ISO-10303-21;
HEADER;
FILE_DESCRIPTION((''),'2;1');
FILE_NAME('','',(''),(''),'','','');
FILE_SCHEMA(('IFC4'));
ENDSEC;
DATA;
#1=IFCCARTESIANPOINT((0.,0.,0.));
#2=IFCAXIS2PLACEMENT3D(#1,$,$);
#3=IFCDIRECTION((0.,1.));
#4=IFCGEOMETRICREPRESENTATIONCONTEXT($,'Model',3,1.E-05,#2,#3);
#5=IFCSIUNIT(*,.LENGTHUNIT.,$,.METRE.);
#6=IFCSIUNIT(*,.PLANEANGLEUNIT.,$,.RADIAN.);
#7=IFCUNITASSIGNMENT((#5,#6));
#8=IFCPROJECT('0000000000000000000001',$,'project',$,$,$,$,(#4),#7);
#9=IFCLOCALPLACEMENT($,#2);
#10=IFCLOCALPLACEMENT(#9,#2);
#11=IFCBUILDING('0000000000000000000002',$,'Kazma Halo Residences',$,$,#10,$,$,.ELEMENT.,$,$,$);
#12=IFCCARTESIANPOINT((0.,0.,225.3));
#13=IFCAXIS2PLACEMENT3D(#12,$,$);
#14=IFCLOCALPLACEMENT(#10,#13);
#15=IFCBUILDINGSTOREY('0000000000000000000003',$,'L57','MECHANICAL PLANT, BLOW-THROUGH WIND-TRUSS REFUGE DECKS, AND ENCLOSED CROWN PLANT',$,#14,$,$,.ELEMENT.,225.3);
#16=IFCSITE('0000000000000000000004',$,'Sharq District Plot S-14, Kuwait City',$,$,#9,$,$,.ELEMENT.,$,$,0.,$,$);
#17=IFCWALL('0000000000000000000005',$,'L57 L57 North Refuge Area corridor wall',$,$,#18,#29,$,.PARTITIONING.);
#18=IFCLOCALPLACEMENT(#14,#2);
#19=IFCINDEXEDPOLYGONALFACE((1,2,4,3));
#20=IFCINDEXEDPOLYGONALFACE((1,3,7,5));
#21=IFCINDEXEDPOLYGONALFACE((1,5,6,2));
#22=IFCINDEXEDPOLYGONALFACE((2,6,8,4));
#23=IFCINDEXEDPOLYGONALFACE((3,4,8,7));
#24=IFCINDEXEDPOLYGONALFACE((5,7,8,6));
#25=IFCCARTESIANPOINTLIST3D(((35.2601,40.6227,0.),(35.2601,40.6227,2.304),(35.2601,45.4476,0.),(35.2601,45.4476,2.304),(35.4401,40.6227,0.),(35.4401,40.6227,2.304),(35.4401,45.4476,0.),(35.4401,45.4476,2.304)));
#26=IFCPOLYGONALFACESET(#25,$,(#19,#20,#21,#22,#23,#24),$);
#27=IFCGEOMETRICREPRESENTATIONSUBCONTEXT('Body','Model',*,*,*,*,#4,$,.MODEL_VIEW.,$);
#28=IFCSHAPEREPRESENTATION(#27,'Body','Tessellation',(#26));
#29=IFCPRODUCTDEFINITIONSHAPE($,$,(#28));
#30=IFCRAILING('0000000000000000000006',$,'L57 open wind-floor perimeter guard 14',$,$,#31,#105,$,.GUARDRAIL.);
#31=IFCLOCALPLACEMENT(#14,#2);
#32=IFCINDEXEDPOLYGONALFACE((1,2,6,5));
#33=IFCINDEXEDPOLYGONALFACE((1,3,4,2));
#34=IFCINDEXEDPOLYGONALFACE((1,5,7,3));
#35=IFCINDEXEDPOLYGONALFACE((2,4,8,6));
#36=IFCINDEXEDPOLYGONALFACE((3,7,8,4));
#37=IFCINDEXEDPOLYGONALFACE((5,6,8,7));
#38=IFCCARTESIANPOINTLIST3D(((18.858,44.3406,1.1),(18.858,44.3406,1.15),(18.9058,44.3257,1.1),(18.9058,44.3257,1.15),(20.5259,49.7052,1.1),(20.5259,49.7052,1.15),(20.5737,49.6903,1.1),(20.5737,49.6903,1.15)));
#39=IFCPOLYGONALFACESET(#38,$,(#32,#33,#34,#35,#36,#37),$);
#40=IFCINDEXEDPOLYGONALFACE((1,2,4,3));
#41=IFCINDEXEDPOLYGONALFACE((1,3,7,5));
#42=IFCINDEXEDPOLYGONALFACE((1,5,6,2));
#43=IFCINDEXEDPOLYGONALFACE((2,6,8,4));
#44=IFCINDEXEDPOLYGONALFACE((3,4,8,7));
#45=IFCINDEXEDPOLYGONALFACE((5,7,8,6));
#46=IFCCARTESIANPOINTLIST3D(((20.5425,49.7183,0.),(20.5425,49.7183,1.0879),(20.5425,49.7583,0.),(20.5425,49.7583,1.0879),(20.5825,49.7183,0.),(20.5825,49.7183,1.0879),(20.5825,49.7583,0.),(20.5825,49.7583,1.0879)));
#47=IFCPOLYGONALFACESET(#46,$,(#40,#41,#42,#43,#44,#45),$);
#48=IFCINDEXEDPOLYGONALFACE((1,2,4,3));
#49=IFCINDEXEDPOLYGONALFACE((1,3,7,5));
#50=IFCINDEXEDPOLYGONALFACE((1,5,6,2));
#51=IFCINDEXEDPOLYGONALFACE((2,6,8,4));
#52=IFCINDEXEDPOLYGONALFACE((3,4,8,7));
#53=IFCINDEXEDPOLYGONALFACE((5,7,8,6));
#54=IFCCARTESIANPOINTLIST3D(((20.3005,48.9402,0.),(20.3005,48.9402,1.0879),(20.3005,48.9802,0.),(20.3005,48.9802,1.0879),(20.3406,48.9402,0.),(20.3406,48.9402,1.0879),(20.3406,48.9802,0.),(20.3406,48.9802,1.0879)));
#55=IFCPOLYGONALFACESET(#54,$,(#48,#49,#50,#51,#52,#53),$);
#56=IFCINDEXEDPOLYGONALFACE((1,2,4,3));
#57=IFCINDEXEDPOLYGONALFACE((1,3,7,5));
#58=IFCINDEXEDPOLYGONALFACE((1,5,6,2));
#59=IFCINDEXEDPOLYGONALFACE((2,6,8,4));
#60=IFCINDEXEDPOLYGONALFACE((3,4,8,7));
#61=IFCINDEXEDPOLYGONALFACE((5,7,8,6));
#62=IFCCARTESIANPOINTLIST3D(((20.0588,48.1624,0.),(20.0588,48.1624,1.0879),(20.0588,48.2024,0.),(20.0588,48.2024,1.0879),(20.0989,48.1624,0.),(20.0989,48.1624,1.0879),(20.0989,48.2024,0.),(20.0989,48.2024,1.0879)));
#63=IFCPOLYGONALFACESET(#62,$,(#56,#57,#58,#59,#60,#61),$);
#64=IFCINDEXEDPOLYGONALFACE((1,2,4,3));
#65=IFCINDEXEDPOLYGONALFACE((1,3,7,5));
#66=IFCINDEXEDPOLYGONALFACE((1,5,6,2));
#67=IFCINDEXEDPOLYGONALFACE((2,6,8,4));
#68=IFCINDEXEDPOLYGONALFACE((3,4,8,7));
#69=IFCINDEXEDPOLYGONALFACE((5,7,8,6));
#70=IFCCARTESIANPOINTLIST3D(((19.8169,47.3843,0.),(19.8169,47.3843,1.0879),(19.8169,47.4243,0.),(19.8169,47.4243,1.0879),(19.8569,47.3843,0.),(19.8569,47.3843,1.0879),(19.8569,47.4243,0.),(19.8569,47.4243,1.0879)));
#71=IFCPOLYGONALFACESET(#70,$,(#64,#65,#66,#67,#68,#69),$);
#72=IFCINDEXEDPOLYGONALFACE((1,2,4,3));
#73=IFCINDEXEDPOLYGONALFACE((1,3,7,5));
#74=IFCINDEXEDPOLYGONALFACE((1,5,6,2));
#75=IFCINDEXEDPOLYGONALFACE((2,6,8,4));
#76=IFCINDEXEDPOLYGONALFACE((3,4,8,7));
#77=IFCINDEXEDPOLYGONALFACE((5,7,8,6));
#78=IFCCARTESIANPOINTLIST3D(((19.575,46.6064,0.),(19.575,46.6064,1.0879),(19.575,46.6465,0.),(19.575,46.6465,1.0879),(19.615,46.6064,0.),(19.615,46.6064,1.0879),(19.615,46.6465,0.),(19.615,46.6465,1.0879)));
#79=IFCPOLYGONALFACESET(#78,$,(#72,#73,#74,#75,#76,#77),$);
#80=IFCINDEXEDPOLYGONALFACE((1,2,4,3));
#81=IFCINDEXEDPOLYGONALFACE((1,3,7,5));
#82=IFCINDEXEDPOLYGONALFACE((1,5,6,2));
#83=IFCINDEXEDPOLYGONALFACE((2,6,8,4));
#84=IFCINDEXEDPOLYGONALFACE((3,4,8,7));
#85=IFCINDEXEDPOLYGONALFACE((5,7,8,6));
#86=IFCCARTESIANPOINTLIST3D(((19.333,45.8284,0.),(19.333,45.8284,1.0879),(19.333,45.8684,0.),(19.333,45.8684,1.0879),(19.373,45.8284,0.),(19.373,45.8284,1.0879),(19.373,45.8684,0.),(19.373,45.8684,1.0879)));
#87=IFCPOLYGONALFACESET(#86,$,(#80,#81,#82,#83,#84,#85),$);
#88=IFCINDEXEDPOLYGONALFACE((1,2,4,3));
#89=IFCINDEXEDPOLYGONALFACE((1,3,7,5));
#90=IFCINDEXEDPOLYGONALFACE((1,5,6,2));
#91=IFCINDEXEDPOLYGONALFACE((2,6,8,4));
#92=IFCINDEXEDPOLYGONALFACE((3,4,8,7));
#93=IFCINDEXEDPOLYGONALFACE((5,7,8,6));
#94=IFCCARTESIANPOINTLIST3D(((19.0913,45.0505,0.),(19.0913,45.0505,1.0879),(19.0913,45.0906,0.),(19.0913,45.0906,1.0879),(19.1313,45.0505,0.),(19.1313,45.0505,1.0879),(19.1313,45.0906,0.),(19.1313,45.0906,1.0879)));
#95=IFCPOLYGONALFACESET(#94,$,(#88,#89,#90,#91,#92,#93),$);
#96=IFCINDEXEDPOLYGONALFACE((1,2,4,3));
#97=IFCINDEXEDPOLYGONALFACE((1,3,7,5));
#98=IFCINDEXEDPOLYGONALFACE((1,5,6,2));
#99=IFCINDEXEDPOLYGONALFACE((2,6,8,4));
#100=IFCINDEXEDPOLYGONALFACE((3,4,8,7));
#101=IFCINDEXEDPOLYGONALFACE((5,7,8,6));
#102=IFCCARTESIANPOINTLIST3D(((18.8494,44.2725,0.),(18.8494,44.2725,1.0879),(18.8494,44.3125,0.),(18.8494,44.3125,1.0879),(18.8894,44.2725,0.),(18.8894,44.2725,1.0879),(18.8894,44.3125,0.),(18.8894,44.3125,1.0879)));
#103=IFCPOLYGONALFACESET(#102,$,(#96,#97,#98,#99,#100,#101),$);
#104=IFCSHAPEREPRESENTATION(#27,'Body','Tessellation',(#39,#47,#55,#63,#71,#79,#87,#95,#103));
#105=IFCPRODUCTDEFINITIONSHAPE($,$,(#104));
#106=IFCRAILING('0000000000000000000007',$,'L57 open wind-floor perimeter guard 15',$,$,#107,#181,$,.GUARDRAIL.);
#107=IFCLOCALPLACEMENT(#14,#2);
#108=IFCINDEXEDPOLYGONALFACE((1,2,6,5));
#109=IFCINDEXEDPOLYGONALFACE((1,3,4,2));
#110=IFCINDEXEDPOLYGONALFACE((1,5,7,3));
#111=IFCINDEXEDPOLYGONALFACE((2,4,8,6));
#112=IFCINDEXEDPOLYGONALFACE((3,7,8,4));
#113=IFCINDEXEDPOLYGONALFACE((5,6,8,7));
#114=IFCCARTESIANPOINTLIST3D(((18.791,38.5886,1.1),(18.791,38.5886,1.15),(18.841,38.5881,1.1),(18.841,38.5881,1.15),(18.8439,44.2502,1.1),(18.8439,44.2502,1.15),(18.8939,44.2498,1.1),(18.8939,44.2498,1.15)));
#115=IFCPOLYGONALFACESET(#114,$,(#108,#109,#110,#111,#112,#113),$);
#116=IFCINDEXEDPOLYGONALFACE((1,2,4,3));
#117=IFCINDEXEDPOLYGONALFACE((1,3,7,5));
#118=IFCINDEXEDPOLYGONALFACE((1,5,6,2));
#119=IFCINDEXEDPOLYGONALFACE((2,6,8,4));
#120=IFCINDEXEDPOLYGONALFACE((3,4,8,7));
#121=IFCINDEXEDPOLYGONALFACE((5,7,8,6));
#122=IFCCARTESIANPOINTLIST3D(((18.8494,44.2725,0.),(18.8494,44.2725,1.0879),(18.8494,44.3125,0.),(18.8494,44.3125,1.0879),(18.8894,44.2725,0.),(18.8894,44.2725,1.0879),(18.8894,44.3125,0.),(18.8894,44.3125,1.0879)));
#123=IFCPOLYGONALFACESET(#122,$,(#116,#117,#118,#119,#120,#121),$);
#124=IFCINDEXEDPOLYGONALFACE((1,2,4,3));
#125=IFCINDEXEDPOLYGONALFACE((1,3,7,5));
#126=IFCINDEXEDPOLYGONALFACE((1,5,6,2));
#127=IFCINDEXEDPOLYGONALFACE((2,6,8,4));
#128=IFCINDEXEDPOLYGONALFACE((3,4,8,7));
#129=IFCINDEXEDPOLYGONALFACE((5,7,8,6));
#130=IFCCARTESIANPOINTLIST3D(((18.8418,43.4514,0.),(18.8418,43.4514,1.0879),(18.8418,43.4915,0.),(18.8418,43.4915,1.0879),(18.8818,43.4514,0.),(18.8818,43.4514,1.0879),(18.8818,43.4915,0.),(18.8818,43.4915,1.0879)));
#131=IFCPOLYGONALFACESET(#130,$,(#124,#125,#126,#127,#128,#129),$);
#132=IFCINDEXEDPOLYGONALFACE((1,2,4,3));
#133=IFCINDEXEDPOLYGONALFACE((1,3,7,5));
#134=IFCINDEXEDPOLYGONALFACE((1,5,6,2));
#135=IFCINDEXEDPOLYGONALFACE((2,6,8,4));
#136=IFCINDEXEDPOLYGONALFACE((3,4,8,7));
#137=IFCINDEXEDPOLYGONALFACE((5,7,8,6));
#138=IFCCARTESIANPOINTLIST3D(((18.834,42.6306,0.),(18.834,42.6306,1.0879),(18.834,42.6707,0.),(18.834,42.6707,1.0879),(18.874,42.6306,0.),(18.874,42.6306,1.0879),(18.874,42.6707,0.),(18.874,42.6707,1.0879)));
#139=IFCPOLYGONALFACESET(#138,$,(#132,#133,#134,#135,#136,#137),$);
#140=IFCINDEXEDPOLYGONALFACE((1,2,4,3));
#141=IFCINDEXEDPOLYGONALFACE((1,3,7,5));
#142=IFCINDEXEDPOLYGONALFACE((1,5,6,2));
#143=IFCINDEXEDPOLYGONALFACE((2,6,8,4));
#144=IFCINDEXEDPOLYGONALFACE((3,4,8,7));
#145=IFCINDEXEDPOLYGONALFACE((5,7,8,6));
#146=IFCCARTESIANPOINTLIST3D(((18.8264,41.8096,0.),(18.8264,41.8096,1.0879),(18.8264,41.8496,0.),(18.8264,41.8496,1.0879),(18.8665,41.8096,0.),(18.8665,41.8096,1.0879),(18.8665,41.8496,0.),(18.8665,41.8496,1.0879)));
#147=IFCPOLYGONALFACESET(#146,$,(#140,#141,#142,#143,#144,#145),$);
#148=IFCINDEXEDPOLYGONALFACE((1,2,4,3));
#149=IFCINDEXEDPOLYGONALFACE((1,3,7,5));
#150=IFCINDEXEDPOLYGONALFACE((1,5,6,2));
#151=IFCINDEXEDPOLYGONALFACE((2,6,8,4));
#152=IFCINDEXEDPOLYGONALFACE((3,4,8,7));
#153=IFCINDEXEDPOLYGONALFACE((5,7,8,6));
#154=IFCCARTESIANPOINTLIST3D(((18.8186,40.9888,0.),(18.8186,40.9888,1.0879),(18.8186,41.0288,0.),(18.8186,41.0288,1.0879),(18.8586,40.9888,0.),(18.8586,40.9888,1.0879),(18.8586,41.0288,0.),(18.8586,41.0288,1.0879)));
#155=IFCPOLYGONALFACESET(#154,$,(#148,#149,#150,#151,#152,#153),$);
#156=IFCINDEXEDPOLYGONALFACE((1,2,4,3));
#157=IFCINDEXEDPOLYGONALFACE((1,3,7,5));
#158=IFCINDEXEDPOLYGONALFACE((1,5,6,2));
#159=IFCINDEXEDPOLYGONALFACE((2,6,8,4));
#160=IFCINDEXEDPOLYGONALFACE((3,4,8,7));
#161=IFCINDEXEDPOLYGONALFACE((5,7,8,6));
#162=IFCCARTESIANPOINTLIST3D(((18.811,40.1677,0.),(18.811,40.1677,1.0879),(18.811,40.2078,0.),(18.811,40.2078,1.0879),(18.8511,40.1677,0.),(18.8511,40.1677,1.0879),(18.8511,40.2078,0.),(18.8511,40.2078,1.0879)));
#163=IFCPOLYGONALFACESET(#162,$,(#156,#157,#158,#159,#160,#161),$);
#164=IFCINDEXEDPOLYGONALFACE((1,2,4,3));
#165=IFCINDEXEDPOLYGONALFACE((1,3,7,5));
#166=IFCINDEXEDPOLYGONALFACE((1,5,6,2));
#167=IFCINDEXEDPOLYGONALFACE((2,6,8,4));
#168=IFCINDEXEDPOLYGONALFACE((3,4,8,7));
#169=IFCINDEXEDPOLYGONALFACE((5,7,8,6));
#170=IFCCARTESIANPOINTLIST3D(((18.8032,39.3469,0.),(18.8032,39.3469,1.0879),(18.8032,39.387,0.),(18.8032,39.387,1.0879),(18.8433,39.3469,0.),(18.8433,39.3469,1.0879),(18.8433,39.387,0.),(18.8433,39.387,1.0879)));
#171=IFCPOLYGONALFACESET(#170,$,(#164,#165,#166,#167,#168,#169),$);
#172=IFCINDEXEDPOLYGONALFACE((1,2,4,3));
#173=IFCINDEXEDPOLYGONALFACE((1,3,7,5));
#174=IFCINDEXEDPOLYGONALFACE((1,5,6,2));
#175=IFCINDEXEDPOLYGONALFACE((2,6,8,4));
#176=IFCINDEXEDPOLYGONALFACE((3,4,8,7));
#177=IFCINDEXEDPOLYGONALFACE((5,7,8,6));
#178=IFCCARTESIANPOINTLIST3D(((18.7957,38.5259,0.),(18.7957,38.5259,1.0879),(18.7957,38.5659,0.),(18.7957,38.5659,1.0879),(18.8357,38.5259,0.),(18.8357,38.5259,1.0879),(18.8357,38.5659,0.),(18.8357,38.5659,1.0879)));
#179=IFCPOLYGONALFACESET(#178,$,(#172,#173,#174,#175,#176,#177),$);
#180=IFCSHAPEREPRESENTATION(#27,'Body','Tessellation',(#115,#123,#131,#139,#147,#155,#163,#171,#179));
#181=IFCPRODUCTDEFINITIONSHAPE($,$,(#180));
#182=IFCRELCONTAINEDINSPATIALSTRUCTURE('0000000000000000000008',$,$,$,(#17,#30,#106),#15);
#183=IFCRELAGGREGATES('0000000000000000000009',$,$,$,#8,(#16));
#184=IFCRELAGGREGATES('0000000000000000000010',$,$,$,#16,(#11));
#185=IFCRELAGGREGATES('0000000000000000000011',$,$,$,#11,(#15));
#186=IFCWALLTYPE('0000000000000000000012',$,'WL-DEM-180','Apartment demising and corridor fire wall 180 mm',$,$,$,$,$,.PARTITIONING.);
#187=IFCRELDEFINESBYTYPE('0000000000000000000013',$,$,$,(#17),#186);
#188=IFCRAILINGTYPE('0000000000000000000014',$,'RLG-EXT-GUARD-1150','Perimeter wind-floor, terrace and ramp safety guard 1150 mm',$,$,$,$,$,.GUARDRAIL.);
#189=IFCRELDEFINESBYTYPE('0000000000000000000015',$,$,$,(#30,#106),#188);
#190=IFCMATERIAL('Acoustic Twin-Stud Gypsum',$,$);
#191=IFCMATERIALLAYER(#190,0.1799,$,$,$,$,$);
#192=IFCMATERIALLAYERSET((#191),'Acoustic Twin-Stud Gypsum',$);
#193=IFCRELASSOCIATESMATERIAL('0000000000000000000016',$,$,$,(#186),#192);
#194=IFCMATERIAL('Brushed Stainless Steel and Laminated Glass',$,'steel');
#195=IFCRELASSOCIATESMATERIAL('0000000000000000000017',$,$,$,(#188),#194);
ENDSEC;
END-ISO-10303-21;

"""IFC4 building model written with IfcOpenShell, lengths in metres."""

from ifc_helpers import new_model, si_unit, direction, frame, frame_2d, origin, origin_2d, place, context, subcontext, project, spatial, rectangle, extrude, material, layer, layer_set, type_object, element, save


model = new_model("IFC4")

# Units and contexts
model_context = context("Model", 3, precision=1e-05, world=origin(), true_north=direction((0.0, 1.0)))
body_context = subcontext(model_context, "Body", "Model", "MODEL_VIEW")
ifc_project = project(units=[si_unit("LENGTHUNIT", "METRE"), si_unit("PLANEANGLEUNIT", "RADIAN")], contexts=[model_context])

# Site, building, storey
site_placement = place(None, origin())
site = spatial("IfcSite", under=ifc_project, at=site_placement, Name="Sharq District Plot S-14, Kuwait City", CompositionType="ELEMENT", RefElevation=0.0)
building_placement = place(site_placement, origin())
building = spatial("IfcBuilding", under=site, at=building_placement, Name="Kazma Halo Residences", CompositionType="ELEMENT")
storey_placement = place(building_placement, frame((0.0, 0.0, 225.3)))
storey = spatial("IfcBuildingStorey", under=building, at=storey_placement, Name="L57", Description="MECHANICAL PLANT, BLOW-THROUGH WIND-TRUSS REFUGE DECKS, AND ENCLOSED CROWN PLANT", CompositionType="ELEMENT", Elevation=225.3)

# Wall
ifc_material_1 = material(Name="Acoustic Twin-Stud Gypsum")
ifc_layer_1 = layer(ifc_material_1, 0.1799)
ifc_layer_set_1 = layer_set([ifc_layer_1], Name="Acoustic Twin-Stud Gypsum")
wall_type_1 = type_object("IfcWallType", Name="WL-DEM-180", Description="Apartment demising and corridor fire wall 180 mm", PredefinedType="PARTITIONING", material=ifc_layer_set_1)
wall_1_placement = place(storey_placement, frame((35.3501, 45.4478, 0.0), z_axis=(0.0, 0.0, 1.0), x_axis=(0.0, -1.0, 0.0)))
element("IfcWall", 1, at=wall_1_placement, inside=storey, type_object=wall_type_1, Name="L57 L57 North Refuge Area corridor wall", PredefinedType="PARTITIONING", context=body_context, shape_type="SweptSolid", body=[
    extrude(rectangle(XDim=4.825, YDim=0.1799, at=frame_2d((2.4126, 0.0))), origin(), (0.0, 0.0, 1.0), 2.304),
])

# Railings
ifc_material_2 = material(Name="Brushed Stainless Steel and Laminated Glass", Category="steel")
railing_type = type_object("IfcRailingType", Name="RLG-EXT-GUARD-1150", Description="Perimeter wind-floor, terrace and ramp safety guard 1150 mm", PredefinedType="GUARDRAIL", material=ifc_material_2)
railing_1_placement = place(storey_placement, frame((20.5625, 49.7383, 0.0)))
element("IfcRailing", 2, at=railing_1_placement, inside=storey, type_object=railing_type, Name="L57 open wind-floor perimeter guard 14", PredefinedType="GUARDRAIL", context=body_context, shape_type="SweptSolid", body=[
    extrude(rectangle(XDim=0.05, YDim=0.05, at=origin_2d()), frame((-0.0127, -0.0405, 1.125), z_axis=(-0.296885, -0.954913, 0.0), x_axis=(0.954913, -0.296885, 0.0)), (0.0, 0.0, 1.0), 5.6179),
    extrude(rectangle(XDim=0.04, YDim=0.04, at=origin_2d()), origin(), (0.0, 0.0, 1.0), 1.0879),
    extrude(rectangle(XDim=0.04, YDim=0.04, at=origin_2d()), frame((-0.2419, -0.7781, 0.0)), (0.0, 0.0, 1.0), 1.0879),
    extrude(rectangle(XDim=0.04, YDim=0.04, at=origin_2d()), frame((-0.4836, -1.5559, 0.0)), (0.0, 0.0, 1.0), 1.0879),
    extrude(rectangle(XDim=0.04, YDim=0.04, at=origin_2d()), frame((-0.7256, -2.334, 0.0)), (0.0, 0.0, 1.0), 1.0879),
    extrude(rectangle(XDim=0.04, YDim=0.04, at=origin_2d()), frame((-0.9675, -3.1118, 0.0)), (0.0, 0.0, 1.0), 1.0879),
    extrude(rectangle(XDim=0.04, YDim=0.04, at=origin_2d()), frame((-1.2095, -3.8899, 0.0)), (0.0, 0.0, 1.0), 1.0879),
    extrude(rectangle(XDim=0.04, YDim=0.04, at=origin_2d()), frame((-1.4512, -4.6677, 0.0)), (0.0, 0.0, 1.0), 1.0879),
    extrude(rectangle(XDim=0.04, YDim=0.04, at=origin_2d()), frame((-1.6931, -5.4458, 0.0)), (0.0, 0.0, 1.0), 1.0879),
])
railing_2_placement = place(storey_placement, frame((18.8694, 44.2925, 0.0)))
element("IfcRailing", 3, at=railing_2_placement, inside=storey, type_object=railing_type, Name="L57 open wind-floor perimeter guard 15", PredefinedType="GUARDRAIL", context=body_context, shape_type="SweptSolid", body=[
    extrude(rectangle(XDim=0.05, YDim=0.05, at=origin_2d()), frame((-0.0005, -0.0425, 1.125), z_axis=(-0.009346, -0.999956, 0.0), x_axis=(0.999956, -0.009346, 0.0)), (0.0, 0.0, 1.0), 5.6619),
    extrude(rectangle(XDim=0.04, YDim=0.04, at=origin_2d()), origin(), (0.0, 0.0, 1.0), 1.0879),
    extrude(rectangle(XDim=0.04, YDim=0.04, at=origin_2d()), frame((-0.0076, -0.821, 0.0)), (0.0, 0.0, 1.0), 1.0879),
    extrude(rectangle(XDim=0.04, YDim=0.04, at=origin_2d()), frame((-0.0154, -1.6418, 0.0)), (0.0, 0.0, 1.0), 1.0879),
    extrude(rectangle(XDim=0.04, YDim=0.04, at=origin_2d()), frame((-0.0229, -2.4629, 0.0)), (0.0, 0.0, 1.0), 1.0879),
    extrude(rectangle(XDim=0.04, YDim=0.04, at=origin_2d()), frame((-0.0308, -3.2837, 0.0)), (0.0, 0.0, 1.0), 1.0879),
    extrude(rectangle(XDim=0.04, YDim=0.04, at=origin_2d()), frame((-0.0383, -4.1047, 0.0)), (0.0, 0.0, 1.0), 1.0879),
    extrude(rectangle(XDim=0.04, YDim=0.04, at=origin_2d()), frame((-0.0461, -4.9255, 0.0)), (0.0, 0.0, 1.0), 1.0879),
    extrude(rectangle(XDim=0.04, YDim=0.04, at=origin_2d()), frame((-0.0537, -5.7466, 0.0)), (0.0, 0.0, 1.0), 1.0879),
])

save(model, "model.ifc")
